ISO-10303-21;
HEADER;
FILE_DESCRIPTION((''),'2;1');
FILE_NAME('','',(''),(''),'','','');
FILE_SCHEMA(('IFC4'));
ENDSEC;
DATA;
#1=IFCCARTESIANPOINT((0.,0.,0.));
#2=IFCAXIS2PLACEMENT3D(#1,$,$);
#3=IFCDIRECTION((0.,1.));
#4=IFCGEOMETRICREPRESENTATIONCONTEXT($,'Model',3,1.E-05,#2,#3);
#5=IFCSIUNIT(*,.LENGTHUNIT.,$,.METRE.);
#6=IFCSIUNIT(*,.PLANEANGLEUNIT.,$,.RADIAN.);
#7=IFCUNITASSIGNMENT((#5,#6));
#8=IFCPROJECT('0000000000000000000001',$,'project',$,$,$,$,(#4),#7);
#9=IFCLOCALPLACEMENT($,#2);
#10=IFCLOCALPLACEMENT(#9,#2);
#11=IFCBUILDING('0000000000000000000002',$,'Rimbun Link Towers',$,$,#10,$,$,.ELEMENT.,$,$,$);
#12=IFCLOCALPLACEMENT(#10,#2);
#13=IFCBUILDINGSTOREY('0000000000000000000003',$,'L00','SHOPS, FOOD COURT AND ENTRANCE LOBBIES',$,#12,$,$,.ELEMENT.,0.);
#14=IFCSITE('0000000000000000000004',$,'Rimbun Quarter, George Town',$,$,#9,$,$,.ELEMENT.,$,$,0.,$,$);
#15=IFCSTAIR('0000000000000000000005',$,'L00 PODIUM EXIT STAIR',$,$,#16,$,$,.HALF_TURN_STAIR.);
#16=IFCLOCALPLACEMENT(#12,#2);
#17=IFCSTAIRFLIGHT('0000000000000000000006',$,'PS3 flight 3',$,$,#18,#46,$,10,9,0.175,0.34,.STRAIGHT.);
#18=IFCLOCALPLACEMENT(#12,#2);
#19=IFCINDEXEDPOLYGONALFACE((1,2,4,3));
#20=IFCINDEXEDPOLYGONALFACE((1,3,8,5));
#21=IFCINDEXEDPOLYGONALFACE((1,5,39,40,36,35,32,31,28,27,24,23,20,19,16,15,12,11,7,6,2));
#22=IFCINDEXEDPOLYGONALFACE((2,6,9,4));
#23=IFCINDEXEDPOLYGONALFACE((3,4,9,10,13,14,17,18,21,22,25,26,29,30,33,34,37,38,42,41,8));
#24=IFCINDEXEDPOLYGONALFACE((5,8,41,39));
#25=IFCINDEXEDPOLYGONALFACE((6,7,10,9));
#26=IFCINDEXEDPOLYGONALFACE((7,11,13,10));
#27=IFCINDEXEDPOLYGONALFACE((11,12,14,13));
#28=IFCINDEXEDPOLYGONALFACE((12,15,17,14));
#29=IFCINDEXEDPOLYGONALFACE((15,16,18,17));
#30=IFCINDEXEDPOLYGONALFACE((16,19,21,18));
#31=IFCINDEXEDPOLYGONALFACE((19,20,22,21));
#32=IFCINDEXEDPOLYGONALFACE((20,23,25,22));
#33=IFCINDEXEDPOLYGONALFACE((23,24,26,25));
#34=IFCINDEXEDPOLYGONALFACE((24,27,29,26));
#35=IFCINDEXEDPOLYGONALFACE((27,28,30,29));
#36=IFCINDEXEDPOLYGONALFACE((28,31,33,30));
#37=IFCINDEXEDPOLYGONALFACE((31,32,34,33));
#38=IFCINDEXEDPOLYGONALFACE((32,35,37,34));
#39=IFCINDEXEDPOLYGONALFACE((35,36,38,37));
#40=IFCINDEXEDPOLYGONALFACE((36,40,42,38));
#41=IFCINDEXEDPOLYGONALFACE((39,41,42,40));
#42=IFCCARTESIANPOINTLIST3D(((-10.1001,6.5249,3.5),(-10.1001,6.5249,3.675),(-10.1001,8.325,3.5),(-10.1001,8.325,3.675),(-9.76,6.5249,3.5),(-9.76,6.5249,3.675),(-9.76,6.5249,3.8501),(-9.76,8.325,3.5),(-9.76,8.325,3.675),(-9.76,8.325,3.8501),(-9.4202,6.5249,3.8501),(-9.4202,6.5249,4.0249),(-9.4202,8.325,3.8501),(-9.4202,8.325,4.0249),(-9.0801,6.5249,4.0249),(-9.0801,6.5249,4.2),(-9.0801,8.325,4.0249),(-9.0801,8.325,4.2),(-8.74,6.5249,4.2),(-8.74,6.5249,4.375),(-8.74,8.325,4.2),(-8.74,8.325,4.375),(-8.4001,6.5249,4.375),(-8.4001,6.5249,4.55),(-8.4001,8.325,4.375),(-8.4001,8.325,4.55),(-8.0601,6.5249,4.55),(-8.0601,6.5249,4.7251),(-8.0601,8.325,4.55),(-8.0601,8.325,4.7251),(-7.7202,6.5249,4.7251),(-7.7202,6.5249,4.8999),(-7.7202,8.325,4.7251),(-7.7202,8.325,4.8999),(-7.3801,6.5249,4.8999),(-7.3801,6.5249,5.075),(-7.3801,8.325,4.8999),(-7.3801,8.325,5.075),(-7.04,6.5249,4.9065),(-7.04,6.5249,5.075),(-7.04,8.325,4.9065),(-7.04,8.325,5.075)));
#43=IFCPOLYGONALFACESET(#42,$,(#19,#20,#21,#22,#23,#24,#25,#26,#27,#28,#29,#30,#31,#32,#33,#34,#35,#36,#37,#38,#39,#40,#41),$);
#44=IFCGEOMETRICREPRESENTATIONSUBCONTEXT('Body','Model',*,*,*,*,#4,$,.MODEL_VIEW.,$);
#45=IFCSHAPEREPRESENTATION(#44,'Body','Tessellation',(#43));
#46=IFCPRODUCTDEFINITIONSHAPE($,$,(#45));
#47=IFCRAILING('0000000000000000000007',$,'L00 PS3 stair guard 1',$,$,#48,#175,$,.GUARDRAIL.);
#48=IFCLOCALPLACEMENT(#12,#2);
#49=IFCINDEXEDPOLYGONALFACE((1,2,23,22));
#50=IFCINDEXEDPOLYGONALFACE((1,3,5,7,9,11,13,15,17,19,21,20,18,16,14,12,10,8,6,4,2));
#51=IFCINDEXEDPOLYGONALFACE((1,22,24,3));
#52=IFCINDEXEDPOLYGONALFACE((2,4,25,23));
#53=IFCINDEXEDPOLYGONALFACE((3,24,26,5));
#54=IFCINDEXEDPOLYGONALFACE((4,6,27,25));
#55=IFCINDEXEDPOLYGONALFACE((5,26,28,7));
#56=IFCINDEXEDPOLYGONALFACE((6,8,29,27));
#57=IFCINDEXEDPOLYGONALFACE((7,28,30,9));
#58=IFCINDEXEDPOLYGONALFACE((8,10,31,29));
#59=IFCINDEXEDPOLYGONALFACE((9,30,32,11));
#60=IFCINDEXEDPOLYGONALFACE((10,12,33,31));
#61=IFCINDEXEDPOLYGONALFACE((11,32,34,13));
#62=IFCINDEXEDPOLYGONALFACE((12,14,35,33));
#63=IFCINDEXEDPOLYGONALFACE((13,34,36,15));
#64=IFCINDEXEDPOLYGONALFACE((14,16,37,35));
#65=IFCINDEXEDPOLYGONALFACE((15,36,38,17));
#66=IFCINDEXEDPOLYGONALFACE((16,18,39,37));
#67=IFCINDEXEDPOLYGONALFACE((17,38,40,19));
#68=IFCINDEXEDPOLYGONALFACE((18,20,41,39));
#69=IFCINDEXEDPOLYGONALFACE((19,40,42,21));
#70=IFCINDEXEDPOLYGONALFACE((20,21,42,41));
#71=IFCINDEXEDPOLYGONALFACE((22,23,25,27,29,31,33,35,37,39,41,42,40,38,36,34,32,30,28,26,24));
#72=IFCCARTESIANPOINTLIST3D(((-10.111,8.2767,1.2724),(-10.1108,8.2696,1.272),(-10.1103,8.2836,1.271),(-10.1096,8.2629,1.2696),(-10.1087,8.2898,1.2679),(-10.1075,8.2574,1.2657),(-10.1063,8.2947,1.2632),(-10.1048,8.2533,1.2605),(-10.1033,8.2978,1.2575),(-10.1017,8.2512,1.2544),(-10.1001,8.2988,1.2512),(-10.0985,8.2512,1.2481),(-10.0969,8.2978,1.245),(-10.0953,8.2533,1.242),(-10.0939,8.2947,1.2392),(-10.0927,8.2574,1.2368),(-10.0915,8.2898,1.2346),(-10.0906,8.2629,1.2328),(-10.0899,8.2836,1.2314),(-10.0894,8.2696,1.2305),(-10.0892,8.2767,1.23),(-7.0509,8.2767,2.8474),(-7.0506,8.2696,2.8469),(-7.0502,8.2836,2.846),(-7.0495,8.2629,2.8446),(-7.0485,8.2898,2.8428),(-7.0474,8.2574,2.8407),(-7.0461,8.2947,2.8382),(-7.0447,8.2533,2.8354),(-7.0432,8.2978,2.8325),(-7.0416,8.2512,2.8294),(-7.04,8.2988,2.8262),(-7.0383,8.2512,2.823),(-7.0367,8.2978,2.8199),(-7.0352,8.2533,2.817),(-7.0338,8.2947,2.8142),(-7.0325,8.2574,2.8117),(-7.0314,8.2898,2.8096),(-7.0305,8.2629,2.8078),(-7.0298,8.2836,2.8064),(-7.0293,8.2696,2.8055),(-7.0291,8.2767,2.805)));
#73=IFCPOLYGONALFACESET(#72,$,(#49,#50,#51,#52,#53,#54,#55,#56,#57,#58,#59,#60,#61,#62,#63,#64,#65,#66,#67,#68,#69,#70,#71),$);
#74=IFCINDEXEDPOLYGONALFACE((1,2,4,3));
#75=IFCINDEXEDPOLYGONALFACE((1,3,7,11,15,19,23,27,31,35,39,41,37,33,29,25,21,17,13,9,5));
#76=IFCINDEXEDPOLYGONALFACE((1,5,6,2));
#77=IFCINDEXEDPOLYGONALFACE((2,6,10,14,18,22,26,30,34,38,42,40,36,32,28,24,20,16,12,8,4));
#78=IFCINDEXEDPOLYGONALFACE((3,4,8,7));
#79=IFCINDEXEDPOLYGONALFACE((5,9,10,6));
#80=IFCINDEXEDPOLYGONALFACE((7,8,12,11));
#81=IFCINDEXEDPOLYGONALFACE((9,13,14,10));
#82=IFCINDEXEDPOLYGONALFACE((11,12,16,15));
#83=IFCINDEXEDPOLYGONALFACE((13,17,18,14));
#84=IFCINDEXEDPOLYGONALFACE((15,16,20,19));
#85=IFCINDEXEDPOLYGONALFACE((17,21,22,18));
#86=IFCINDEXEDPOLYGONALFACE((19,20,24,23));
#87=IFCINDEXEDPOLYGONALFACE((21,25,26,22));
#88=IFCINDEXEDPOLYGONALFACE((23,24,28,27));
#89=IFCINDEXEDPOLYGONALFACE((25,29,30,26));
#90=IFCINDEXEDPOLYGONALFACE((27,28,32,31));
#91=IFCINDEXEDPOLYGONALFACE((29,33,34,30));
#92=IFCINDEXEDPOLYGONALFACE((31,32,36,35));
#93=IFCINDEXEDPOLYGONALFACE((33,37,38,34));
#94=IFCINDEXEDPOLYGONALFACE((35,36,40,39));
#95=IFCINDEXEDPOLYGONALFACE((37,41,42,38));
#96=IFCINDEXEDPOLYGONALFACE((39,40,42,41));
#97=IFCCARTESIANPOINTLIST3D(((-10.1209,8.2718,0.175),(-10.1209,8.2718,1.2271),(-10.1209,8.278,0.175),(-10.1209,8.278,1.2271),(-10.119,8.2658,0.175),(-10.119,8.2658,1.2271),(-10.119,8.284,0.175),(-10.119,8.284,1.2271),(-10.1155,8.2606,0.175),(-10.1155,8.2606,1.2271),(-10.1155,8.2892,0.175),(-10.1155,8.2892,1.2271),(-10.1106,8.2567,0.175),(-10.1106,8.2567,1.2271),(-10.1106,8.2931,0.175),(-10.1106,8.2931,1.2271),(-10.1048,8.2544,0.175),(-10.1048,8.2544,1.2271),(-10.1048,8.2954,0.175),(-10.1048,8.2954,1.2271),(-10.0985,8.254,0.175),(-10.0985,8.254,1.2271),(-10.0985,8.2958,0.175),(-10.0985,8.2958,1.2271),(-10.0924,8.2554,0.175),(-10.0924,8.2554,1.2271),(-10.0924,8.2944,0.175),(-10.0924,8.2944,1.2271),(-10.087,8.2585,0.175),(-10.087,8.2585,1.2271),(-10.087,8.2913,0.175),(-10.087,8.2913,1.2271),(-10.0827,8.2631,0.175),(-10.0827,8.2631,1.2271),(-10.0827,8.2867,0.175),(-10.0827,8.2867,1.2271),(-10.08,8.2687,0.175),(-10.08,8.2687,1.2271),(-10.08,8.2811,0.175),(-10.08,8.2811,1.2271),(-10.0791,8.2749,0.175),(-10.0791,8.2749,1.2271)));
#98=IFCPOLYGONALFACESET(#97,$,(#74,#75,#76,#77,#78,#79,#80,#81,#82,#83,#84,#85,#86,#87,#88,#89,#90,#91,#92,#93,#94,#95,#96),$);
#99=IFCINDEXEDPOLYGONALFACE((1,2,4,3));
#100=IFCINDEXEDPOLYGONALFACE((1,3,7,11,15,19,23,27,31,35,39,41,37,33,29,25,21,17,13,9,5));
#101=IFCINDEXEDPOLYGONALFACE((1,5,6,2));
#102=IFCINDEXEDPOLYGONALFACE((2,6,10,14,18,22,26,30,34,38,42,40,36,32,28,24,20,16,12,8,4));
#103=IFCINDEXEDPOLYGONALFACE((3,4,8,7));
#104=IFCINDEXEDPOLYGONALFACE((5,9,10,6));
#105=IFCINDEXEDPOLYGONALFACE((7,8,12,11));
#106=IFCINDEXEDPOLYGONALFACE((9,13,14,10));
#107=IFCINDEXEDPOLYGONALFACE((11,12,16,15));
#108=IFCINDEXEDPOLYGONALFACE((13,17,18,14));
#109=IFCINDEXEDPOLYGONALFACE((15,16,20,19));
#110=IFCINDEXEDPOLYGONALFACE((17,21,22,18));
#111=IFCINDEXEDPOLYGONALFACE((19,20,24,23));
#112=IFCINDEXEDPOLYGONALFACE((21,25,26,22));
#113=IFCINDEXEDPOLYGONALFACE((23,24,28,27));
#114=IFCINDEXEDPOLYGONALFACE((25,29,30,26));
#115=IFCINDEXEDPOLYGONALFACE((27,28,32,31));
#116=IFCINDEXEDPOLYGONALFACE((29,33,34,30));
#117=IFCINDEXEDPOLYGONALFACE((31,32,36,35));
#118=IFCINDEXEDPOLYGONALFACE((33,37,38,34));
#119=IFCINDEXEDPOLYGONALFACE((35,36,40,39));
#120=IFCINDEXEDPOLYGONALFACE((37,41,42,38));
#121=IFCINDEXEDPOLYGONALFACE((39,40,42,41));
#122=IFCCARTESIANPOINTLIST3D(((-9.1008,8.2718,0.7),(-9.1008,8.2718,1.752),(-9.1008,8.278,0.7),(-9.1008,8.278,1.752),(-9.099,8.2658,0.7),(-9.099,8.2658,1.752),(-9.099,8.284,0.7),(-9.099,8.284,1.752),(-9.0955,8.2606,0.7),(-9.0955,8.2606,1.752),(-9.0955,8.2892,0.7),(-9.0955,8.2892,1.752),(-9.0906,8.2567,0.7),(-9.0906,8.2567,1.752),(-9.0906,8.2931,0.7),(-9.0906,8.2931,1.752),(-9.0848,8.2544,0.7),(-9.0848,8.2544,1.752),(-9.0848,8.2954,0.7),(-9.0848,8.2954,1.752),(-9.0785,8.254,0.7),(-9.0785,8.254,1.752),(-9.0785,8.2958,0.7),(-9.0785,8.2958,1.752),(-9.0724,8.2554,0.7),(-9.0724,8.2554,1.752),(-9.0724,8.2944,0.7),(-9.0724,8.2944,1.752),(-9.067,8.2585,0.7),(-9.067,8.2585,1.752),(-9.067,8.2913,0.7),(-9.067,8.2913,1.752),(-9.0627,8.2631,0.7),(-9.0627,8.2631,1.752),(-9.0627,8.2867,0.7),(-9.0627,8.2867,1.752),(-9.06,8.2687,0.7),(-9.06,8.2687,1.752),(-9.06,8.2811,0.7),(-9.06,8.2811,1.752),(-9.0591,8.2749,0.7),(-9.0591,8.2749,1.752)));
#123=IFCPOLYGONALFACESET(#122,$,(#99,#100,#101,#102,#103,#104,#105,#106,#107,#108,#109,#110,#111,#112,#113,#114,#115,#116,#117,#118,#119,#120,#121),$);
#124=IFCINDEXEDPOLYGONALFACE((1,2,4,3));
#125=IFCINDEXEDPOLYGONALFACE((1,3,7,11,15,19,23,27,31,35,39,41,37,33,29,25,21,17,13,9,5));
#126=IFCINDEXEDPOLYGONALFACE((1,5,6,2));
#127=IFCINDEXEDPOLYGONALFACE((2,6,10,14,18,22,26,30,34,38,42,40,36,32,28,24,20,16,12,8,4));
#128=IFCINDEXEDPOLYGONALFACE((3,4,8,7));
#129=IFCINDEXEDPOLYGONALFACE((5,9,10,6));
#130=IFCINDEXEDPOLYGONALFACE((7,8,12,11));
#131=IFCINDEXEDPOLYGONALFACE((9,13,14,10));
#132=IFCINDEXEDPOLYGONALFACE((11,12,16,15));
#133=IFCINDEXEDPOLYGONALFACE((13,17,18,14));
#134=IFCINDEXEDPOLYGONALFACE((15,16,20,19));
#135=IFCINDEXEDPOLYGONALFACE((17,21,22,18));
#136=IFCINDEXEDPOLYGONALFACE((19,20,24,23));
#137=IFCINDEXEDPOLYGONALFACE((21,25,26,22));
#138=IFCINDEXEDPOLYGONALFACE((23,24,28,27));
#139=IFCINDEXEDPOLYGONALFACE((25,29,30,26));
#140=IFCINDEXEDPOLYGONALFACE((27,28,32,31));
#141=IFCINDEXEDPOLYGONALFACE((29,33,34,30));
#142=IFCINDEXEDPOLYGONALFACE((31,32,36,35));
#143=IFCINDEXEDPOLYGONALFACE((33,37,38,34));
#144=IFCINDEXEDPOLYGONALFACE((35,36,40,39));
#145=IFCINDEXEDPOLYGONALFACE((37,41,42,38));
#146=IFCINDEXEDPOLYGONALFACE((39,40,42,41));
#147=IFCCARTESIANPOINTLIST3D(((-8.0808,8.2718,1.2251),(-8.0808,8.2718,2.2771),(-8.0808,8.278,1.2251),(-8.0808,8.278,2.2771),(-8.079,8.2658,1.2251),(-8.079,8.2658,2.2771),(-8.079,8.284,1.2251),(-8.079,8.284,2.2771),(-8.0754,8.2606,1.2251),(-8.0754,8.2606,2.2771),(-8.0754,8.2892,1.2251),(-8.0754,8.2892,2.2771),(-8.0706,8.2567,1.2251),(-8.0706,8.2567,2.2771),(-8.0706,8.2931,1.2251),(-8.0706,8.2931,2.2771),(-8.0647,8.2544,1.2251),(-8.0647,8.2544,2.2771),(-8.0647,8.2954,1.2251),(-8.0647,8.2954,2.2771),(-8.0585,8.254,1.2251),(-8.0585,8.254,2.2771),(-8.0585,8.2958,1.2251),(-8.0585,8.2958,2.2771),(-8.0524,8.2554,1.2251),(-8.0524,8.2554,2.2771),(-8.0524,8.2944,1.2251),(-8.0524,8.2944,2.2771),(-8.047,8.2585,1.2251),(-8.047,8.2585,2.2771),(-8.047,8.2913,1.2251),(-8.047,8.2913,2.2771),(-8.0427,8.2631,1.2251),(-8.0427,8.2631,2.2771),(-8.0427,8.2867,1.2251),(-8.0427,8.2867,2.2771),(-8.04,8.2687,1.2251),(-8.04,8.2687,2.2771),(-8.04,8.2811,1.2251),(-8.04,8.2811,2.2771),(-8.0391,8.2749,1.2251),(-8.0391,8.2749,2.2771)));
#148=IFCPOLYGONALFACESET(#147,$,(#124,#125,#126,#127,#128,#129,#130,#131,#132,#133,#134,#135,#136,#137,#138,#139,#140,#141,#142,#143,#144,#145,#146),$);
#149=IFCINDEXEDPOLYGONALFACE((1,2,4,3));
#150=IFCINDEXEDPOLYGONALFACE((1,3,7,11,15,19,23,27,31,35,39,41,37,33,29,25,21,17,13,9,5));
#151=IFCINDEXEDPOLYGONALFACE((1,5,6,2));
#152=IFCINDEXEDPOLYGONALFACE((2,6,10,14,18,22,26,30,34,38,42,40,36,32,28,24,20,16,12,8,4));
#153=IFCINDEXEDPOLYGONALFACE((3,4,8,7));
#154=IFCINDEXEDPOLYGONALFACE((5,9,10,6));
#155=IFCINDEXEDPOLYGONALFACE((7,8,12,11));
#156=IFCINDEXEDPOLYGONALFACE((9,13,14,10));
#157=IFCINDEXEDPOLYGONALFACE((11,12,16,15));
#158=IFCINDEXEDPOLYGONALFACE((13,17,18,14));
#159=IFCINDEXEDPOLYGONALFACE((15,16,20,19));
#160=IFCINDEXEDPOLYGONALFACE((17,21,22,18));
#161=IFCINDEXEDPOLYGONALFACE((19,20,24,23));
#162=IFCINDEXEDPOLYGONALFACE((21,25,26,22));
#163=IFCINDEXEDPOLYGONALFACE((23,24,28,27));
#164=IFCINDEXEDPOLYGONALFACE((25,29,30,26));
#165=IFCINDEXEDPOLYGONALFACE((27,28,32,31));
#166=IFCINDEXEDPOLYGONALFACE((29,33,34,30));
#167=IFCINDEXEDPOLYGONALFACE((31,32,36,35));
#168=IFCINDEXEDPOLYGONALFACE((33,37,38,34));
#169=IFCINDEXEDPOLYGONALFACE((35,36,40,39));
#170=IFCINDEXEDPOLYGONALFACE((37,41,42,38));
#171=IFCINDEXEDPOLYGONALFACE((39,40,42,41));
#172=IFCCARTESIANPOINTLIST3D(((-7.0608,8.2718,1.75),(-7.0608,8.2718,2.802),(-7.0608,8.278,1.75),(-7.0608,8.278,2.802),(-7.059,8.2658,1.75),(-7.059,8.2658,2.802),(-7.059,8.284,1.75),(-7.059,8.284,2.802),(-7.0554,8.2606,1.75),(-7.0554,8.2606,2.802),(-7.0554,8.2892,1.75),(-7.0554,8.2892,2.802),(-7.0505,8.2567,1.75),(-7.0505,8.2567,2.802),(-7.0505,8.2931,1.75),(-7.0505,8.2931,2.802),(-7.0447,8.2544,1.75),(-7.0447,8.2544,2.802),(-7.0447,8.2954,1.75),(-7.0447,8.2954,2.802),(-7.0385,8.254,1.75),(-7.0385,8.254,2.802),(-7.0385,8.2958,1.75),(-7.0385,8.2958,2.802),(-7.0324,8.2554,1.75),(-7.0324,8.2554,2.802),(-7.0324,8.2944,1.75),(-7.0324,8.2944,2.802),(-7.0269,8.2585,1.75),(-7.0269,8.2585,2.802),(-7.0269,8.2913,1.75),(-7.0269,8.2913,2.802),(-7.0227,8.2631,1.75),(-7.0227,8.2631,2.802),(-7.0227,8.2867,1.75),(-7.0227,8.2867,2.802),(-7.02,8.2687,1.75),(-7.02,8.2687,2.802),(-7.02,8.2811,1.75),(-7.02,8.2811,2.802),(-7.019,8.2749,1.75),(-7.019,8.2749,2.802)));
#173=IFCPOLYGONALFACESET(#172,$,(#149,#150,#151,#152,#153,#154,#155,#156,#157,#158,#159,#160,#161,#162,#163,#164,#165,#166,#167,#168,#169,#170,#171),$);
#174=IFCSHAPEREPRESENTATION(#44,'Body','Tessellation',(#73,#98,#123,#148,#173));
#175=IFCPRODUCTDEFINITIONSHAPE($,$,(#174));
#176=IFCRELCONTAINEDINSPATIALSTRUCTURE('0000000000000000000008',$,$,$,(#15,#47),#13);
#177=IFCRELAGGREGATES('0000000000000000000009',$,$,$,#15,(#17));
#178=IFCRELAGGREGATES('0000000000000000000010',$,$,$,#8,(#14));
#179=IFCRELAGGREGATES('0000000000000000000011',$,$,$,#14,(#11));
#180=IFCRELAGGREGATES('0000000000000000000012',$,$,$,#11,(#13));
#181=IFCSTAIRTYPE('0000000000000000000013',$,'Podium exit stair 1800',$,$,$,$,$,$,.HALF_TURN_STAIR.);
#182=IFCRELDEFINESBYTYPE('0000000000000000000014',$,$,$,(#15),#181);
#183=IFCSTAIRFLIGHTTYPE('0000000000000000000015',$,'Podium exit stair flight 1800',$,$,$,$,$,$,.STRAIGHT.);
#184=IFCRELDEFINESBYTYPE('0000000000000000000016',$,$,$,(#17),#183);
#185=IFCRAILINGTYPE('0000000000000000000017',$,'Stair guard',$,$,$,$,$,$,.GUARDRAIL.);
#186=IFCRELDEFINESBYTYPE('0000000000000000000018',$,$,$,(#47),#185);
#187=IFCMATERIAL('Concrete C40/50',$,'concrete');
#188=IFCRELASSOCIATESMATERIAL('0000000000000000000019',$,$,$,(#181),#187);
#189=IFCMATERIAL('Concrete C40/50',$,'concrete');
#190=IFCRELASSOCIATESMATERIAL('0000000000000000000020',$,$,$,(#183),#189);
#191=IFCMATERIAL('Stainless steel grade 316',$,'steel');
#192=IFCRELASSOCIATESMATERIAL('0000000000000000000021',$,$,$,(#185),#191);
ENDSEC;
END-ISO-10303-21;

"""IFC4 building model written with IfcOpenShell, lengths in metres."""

from ifc_helpers import new_model, si_unit, direction, frame, origin, origin_2d, place, context, subcontext, project, spatial, polyline, circle, outline, extrude, material, type_object, element, aggregate, save


model = new_model("IFC4")

# Units and contexts
model_context = context("Model", 3, precision=1e-05, world=origin(), true_north=direction((0.0, 1.0)))
body_context = subcontext(model_context, "Body", "Model", "MODEL_VIEW")
ifc_project = project(units=[si_unit("LENGTHUNIT", "METRE"), si_unit("PLANEANGLEUNIT", "RADIAN")], contexts=[model_context])

# Site, building, storey
site_placement = place(None, origin())
site = spatial("IfcSite", under=ifc_project, at=site_placement, Name="Rimbun Quarter, George Town", CompositionType="ELEMENT", RefElevation=0.0)
building_placement = place(site_placement, origin())
building = spatial("IfcBuilding", under=site, at=building_placement, Name="Rimbun Link Towers", CompositionType="ELEMENT")
storey_placement = place(building_placement, origin())
storey = spatial("IfcBuildingStorey", under=building, at=storey_placement, Name="L00", Description="SHOPS, FOOD COURT AND ENTRANCE LOBBIES", CompositionType="ELEMENT", Elevation=0.0)

# Stair, stair flight
ifc_material_1 = material(Name="Concrete C40/50", Category="concrete")
stair_type = type_object("IfcStairType", Name="Podium exit stair 1800", PredefinedType="HALF_TURN_STAIR", material=ifc_material_1)
stair_placement = place(storey_placement, origin())
stair = element("IfcStair", 1, at=stair_placement, inside=storey, type_object=stair_type, Name="L00 PODIUM EXIT STAIR", PredefinedType="HALF_TURN_STAIR")
ifc_material_2 = material(Name="Concrete C40/50", Category="concrete")
stair_flight_type = type_object("IfcStairFlightType", Name="Podium exit stair flight 1800", PredefinedType="STRAIGHT", material=ifc_material_2)
stair_flight_1_placement = place(storey_placement, frame((-10.1001, 7.425, 3.5), z_axis=(0.0, 0.0, 1.0), x_axis=(1.0, 0.0, 0.0)))
stair_flight_1 = element("IfcStairFlight", 2, at=stair_flight_1_placement, type_object=stair_flight_type, Name="PS3 flight 3", NumberOfRisers=10, NumberOfTreads=9, PredefinedType="STRAIGHT", RiserHeight=0.175, TreadLength=0.34, context=body_context, shape_type="SweptSolid", body=[
    extrude(outline(polyline([(0.0, 0.0), (0.0, 0.175), (0.3401, 0.175), (0.3401, 0.3501), (0.6799, 0.3501), (0.6799, 0.5249), (1.02, 0.5249), (1.02, 0.7), (1.3601, 0.7), (1.3601, 0.875), (1.7, 0.875), (1.7, 1.05), (2.04, 1.05), (2.04, 1.2251), (2.3799, 1.2251), (2.3799, 1.3999), (2.72, 1.3999), (2.72, 1.575), (3.0601, 1.575), (3.0601, 1.75), (3.0601, 1.4065), (0.3401, 0.0), (0.0, 0.0)])), frame((0.0, 0.8999, 0.0), z_axis=(0.0, -1.0, 0.0), x_axis=(1.0, 0.0, 0.0)), (0.0, 0.0, 1.0), 1.8),
])
aggregate(stair, [stair_flight_1])

# Railing
ifc_material_3 = material(Name="Stainless steel grade 316", Category="steel")
railing_type_1 = type_object("IfcRailingType", Name="Stair guard", PredefinedType="GUARDRAIL", material=ifc_material_3)
railing_1_placement = place(storey_placement, frame((-10.1001, 8.2749, 0.175)))
element("IfcRailing", 3, at=railing_1_placement, inside=storey, type_object=railing_type_1, Name="L00 PS3 stair guard 1", PredefinedType="GUARDRAIL", context=body_context, shape_type="SweptSolid", body=[
    extrude(circle(Radius=0.0239, at=origin_2d()), frame((0.0, 0.0, 1.0762), z_axis=(0.889145, 0.0, 0.457625), x_axis=(0.0, 1.0, 0.0)), (0.0, 0.0, 1.0), 3.4417),
    extrude(circle(Radius=0.021, at=origin_2d()), origin(), (0.0, 0.0, 1.0), 1.052),
    extrude(circle(Radius=0.021, at=origin_2d()), frame((1.02, 0.0, 0.5249)), (0.0, 0.0, 1.0), 1.052),
    extrude(circle(Radius=0.021, at=origin_2d()), frame((2.04, 0.0, 1.05)), (0.0, 0.0, 1.0), 1.052),
    extrude(circle(Radius=0.021, at=origin_2d()), frame((3.0601, 0.0, 1.575)), (0.0, 0.0, 1.0), 1.052),
])

save(model, "model.ifc")
